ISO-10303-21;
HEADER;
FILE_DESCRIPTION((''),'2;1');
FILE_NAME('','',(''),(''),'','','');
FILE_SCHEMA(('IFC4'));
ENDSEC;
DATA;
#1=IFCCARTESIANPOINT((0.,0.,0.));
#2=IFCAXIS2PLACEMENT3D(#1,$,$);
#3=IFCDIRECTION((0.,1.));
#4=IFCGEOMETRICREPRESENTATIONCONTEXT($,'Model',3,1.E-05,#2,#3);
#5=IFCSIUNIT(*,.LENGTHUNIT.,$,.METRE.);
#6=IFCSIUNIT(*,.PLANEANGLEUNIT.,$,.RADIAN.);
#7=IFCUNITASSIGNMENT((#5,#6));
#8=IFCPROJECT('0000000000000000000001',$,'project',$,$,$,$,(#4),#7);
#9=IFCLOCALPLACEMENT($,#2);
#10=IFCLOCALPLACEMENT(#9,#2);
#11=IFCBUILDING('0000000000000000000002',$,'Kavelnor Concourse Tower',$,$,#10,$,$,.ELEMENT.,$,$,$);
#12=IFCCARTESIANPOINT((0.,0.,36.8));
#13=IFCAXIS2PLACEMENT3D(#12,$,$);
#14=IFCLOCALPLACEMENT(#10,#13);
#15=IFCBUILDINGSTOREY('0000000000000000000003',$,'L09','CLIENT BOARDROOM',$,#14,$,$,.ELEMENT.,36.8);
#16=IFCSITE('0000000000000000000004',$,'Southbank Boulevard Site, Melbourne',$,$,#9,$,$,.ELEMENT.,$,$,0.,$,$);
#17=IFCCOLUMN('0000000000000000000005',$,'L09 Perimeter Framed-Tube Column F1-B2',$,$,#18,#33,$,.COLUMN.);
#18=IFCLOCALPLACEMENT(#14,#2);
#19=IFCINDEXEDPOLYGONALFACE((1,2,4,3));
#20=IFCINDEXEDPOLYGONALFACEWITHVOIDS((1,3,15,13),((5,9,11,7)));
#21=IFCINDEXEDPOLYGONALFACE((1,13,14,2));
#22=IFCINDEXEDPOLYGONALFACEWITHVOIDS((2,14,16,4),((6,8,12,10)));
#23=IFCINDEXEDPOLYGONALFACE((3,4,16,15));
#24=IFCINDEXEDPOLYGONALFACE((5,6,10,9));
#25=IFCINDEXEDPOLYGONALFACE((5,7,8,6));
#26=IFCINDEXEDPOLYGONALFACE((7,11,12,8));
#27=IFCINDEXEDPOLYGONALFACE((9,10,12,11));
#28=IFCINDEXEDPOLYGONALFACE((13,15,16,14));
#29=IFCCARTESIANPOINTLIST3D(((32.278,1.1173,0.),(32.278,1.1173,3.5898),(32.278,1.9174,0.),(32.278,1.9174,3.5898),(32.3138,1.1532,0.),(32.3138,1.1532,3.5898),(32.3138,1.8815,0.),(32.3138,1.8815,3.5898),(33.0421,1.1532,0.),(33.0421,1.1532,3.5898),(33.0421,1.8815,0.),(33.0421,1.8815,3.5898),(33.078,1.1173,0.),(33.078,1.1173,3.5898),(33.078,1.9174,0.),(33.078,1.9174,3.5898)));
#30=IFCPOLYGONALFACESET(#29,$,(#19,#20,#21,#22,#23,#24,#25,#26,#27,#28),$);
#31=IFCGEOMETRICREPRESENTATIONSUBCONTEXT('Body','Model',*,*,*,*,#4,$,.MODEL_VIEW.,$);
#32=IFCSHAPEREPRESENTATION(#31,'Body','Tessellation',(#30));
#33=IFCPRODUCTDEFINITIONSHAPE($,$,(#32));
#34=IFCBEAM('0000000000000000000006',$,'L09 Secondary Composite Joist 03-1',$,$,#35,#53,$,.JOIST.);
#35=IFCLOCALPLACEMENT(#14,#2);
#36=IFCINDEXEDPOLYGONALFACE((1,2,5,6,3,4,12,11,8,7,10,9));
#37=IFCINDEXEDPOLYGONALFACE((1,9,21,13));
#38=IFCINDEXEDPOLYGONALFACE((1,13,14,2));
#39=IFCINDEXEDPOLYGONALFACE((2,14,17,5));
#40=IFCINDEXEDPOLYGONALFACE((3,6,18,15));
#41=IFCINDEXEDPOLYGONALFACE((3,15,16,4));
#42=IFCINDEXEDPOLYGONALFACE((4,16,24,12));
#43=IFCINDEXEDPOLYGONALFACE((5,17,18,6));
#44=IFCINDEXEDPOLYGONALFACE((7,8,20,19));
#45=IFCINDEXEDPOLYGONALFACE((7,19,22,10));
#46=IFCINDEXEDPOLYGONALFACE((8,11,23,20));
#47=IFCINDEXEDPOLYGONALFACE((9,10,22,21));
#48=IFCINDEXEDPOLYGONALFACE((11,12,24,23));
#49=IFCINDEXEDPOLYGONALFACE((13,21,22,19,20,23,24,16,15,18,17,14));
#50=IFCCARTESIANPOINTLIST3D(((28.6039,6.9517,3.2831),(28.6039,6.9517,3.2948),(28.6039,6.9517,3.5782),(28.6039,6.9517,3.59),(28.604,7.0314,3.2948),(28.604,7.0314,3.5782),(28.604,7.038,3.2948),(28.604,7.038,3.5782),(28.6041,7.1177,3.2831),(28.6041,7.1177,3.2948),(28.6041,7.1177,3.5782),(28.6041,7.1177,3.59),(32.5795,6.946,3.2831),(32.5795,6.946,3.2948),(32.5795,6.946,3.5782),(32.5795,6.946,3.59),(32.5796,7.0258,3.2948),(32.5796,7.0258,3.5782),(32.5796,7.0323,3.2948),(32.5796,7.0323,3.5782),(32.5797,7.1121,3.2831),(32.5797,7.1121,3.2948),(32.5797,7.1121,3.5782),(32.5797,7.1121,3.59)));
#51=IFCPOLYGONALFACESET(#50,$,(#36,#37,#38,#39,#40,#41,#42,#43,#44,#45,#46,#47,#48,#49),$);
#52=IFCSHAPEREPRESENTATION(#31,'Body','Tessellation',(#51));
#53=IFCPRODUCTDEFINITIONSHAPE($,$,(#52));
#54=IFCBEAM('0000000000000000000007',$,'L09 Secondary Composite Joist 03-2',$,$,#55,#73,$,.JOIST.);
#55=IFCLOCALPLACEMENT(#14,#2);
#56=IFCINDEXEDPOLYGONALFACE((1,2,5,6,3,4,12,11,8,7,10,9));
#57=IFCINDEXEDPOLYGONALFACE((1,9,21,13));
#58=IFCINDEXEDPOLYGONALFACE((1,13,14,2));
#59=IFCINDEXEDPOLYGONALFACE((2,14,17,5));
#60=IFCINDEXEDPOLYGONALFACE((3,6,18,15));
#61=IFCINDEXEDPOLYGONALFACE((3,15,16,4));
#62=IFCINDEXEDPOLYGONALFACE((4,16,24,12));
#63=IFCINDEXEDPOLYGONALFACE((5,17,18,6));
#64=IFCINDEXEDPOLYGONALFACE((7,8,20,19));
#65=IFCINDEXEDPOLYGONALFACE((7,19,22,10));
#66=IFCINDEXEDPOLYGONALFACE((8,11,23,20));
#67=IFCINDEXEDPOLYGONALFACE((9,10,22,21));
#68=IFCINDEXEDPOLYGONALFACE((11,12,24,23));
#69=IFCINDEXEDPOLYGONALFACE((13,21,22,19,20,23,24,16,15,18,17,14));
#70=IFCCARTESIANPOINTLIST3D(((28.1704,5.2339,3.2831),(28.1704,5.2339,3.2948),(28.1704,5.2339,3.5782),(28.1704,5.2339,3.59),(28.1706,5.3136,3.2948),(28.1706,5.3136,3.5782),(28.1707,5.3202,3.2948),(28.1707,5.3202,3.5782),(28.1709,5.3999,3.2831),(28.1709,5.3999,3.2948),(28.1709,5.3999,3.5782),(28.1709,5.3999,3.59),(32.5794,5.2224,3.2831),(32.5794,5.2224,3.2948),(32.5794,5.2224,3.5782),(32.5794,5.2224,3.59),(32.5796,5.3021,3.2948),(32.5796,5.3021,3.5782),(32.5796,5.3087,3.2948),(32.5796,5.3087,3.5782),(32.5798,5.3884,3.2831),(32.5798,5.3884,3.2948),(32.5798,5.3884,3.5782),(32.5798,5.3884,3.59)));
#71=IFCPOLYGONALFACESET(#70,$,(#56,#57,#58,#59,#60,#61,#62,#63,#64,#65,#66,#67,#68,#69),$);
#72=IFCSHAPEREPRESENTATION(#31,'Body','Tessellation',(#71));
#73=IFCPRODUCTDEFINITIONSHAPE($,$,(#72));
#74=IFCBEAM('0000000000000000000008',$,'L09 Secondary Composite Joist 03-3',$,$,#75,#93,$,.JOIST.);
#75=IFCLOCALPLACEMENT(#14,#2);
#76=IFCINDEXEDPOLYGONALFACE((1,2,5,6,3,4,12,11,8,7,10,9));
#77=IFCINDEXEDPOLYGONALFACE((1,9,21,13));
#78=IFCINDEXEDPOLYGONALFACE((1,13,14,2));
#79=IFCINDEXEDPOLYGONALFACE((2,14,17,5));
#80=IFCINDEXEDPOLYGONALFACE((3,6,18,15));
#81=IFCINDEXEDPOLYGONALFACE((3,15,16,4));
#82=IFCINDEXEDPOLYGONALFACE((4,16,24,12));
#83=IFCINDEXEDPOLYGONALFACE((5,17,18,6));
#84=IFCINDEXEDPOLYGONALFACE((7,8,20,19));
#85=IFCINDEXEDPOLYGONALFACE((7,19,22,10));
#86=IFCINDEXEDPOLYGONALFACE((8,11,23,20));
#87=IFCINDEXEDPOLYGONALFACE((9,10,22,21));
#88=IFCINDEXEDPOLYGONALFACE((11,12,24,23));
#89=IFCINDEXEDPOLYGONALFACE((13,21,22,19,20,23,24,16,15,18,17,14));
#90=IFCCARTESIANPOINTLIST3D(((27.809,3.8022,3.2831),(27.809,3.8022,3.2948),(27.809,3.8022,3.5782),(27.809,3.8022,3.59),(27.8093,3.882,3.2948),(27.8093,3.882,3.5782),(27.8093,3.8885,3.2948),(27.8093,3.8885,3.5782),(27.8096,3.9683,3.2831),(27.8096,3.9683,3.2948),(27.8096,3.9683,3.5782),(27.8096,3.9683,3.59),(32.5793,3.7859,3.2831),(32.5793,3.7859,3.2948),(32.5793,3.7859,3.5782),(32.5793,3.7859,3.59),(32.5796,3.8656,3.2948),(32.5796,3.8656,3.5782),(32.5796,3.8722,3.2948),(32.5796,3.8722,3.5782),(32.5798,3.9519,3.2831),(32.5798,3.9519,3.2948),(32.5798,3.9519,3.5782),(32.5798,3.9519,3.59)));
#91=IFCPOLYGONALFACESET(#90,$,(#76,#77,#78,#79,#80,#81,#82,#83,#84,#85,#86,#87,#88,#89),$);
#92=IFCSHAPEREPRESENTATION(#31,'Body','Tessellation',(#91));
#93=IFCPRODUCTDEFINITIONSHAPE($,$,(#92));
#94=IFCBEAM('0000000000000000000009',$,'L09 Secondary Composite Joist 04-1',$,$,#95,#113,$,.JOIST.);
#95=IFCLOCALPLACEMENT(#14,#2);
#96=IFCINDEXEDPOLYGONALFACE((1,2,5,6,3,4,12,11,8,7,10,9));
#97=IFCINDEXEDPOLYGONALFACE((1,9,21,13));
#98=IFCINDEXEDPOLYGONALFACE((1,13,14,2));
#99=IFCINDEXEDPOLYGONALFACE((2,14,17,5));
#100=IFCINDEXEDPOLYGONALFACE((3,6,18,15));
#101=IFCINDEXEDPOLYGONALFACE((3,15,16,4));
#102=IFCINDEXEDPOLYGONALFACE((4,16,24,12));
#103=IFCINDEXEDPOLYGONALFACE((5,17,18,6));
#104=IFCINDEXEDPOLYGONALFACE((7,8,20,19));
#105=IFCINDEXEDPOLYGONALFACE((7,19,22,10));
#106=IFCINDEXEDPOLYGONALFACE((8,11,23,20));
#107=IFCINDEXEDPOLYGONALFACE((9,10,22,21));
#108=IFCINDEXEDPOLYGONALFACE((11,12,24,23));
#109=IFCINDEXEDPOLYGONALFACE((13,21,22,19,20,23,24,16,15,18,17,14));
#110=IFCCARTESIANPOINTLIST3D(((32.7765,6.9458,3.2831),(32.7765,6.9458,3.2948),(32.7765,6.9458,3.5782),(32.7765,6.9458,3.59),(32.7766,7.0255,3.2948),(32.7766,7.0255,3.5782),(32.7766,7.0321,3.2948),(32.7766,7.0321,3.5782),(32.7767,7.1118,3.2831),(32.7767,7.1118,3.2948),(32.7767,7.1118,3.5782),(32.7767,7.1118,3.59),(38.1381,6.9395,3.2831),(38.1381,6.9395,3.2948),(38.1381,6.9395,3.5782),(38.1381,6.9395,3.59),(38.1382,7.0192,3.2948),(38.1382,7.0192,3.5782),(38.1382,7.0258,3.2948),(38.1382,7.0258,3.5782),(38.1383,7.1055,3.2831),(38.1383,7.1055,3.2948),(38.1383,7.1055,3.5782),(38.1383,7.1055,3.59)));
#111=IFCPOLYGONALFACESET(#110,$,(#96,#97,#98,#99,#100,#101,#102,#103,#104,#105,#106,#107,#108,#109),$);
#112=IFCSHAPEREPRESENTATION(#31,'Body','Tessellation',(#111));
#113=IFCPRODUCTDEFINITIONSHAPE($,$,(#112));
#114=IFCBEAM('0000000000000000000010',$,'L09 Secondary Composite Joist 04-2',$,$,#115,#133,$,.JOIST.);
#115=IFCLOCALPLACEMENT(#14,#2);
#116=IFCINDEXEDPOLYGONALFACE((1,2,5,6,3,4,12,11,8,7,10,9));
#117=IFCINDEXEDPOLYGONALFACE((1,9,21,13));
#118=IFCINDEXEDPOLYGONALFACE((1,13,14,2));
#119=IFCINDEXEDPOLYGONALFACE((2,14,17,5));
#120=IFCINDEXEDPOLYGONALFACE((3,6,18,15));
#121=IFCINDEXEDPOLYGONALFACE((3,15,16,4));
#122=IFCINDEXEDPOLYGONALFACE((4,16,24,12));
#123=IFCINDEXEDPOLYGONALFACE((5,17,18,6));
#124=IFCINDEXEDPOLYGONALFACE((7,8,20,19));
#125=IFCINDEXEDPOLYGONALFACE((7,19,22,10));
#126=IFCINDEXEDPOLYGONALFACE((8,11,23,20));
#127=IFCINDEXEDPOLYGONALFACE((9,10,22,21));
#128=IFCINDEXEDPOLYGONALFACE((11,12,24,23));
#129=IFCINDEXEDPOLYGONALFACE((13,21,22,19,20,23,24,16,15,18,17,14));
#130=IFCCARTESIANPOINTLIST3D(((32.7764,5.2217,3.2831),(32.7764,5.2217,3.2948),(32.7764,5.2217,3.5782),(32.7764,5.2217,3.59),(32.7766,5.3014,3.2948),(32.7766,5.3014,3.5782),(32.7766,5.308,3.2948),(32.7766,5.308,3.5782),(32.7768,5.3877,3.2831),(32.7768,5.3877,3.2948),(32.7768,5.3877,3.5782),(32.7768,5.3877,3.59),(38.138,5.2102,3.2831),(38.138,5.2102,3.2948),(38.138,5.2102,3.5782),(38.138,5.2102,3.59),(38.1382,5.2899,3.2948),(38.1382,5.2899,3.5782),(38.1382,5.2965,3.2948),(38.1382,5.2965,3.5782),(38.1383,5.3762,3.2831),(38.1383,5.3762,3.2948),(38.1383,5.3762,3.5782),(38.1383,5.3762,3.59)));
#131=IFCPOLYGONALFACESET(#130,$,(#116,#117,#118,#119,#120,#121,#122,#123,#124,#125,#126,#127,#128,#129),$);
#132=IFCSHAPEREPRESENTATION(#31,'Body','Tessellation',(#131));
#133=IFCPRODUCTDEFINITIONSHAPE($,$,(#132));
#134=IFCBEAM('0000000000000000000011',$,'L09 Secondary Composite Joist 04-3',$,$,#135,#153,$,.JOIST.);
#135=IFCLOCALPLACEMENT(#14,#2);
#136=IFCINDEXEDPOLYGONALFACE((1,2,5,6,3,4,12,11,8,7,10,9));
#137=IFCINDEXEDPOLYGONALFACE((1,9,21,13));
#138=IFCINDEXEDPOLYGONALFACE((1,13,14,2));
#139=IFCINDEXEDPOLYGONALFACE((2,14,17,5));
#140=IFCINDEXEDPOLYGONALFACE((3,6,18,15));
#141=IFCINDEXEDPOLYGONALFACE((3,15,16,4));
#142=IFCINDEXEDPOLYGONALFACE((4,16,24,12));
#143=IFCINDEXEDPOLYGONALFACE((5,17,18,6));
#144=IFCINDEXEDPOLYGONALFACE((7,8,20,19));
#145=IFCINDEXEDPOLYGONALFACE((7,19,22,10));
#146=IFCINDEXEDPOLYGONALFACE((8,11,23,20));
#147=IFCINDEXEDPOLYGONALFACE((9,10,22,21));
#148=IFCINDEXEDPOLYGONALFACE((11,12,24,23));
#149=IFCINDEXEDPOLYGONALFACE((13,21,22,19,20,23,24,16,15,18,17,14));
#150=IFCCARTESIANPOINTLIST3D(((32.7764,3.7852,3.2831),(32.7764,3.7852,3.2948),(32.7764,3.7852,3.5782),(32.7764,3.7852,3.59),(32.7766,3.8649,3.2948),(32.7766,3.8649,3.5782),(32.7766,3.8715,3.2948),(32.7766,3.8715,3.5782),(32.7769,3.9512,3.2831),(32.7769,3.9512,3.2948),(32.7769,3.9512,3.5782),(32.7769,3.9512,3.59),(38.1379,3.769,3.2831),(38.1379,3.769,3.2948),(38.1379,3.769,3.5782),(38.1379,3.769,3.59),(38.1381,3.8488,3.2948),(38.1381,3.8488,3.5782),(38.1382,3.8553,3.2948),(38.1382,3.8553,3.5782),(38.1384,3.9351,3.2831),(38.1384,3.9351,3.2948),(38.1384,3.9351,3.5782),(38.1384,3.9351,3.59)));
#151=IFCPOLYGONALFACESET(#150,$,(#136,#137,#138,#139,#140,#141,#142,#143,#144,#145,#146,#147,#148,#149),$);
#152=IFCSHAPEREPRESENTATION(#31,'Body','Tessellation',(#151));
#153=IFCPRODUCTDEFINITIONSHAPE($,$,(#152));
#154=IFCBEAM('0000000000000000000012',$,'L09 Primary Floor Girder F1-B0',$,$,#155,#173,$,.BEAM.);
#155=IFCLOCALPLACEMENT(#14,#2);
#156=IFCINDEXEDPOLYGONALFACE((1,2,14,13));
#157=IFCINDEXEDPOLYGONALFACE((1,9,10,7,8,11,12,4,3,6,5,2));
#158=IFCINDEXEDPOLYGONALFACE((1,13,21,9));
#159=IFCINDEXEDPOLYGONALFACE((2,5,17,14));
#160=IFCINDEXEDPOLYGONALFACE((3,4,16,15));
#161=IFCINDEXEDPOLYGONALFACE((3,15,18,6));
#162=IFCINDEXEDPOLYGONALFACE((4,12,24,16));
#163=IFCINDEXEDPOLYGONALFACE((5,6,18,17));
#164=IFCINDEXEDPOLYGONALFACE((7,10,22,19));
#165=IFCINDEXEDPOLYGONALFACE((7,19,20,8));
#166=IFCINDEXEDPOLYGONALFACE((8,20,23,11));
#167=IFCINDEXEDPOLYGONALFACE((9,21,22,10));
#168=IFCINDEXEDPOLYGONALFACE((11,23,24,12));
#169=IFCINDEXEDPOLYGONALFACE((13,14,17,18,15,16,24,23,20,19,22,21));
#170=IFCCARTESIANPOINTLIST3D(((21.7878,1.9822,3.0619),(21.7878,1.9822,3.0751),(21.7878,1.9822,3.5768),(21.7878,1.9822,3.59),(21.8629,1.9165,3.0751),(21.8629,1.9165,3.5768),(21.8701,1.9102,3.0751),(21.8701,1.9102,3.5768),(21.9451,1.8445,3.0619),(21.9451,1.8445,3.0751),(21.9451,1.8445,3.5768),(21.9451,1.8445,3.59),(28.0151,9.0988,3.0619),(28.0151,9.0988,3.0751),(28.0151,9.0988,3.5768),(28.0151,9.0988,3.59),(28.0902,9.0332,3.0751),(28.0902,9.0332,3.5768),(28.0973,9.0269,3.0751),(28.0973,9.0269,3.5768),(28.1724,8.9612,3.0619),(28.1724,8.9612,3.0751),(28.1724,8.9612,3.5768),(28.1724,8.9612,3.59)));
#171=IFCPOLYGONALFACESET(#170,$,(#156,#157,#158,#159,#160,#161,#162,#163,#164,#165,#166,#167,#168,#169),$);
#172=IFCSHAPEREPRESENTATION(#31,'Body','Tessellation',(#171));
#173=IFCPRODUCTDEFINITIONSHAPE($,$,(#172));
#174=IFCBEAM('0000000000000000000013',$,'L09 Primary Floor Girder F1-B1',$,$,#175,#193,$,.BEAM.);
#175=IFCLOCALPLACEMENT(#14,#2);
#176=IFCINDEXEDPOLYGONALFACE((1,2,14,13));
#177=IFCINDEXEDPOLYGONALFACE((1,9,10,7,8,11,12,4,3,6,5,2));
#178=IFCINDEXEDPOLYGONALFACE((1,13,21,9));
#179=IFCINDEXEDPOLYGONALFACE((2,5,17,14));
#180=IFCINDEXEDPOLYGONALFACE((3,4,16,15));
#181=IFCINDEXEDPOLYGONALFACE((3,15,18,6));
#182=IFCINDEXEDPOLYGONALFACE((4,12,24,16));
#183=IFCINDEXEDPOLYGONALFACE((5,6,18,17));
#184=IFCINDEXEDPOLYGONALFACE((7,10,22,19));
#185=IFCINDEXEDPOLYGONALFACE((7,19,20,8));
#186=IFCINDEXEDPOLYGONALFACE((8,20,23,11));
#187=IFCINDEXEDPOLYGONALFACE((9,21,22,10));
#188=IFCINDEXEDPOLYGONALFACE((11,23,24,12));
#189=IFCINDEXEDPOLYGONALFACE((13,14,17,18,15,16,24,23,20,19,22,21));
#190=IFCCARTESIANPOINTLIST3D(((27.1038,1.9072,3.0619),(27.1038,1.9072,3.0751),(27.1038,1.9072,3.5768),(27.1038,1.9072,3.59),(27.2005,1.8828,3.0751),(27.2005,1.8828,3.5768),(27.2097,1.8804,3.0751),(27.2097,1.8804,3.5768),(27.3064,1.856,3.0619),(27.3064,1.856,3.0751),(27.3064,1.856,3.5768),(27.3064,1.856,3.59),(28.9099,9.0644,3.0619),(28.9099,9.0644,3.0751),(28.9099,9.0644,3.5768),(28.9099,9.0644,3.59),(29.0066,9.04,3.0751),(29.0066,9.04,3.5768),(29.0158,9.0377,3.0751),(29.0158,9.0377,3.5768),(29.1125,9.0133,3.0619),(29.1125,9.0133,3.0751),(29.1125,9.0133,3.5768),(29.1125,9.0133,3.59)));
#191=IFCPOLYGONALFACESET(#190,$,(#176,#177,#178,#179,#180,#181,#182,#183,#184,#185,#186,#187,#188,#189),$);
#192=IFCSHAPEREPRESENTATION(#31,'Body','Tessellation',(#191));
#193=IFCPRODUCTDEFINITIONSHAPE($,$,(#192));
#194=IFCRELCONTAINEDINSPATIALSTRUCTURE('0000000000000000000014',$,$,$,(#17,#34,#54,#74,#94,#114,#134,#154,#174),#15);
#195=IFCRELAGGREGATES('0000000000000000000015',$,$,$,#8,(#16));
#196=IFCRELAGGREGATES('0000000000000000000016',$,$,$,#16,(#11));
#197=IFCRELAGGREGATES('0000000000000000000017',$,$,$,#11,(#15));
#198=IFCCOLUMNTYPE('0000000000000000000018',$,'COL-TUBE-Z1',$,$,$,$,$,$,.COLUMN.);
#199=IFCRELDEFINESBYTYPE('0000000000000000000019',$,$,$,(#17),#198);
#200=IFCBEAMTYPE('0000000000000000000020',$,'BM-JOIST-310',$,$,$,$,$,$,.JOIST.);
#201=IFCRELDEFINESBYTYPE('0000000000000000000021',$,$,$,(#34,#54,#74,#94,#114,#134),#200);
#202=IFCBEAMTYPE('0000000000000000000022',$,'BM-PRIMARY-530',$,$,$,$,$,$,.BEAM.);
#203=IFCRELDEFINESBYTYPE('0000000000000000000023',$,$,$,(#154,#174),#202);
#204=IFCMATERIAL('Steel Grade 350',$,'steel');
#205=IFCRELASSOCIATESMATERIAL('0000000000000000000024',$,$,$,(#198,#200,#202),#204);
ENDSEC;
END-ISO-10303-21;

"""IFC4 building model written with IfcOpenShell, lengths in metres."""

from ifc_helpers import new_model, si_unit, direction, frame, origin, origin_2d, place, context, subcontext, project, spatial, hollow_rectangle, i_section, extrude, material, material_profile, profile_set, type_object, element, save


model = new_model("IFC4")

# Units and contexts
model_context = context("Model", 3, precision=1e-05, world=origin(), true_north=direction((0.0, 1.0)))
body_context = subcontext(model_context, "Body", "Model", "MODEL_VIEW")
ifc_project = project(units=[si_unit("LENGTHUNIT", "METRE"), si_unit("PLANEANGLEUNIT", "RADIAN")], contexts=[model_context])

# Site, building, storey
site_placement = place(None, origin())
site = spatial("IfcSite", under=ifc_project, at=site_placement, Name="Southbank Boulevard Site, Melbourne", CompositionType="ELEMENT", RefElevation=0.0)
building_placement = place(site_placement, origin())
building = spatial("IfcBuilding", under=site, at=building_placement, Name="Kavelnor Concourse Tower", CompositionType="ELEMENT")
storey_placement = place(building_placement, frame((0.0, 0.0, 36.8)))
storey = spatial("IfcBuildingStorey", under=building, at=storey_placement, Name="L09", Description="CLIENT BOARDROOM", CompositionType="ELEMENT", Elevation=36.8)

# Column
ifc_material_1 = material(Name="Steel Grade 350", Category="steel")
ifc_material_profile_1 = material_profile(ifc_material_1, hollow_rectangle(XDim=0.8, YDim=0.8, WallThickness=0.0359, at=origin_2d()), Name="SHS 800x800x36")
ifc_profile_set_1 = profile_set([ifc_material_profile_1], Name="Steel Grade 350")
column_type = type_object("IfcColumnType", Name="COL-TUBE-Z1", PredefinedType="COLUMN", material=ifc_profile_set_1)
column_placement = place(storey_placement, frame((32.678, 1.5173, 0.0), z_axis=(0.0, 0.0, 1.0), x_axis=(1.0, 0.0, 0.0)))
element("IfcColumn", 1, at=column_placement, inside=storey, type_object=column_type, Name="L09 Perimeter Framed-Tube Column F1-B2", PredefinedType="COLUMN", context=body_context, shape_type="SweptSolid", body=[
    extrude(hollow_rectangle(XDim=0.8, YDim=0.8, WallThickness=0.0359, at=origin_2d()), origin(), (0.0, 0.0, 1.0), 3.5898),
])

# Beams
ifc_material_profile_2 = material_profile(ifc_material_1, i_section(OverallWidth=0.166, OverallDepth=0.3069, WebThickness=0.0066, FlangeThickness=0.0117, at=origin_2d()), Name="310UB46")
ifc_profile_set_2 = profile_set([ifc_material_profile_2], Name="Steel Grade 350")
beam_type_1 = type_object("IfcBeamType", Name="BM-JOIST-310", PredefinedType="JOIST", material=ifc_profile_set_2)
beam_1_placement = place(storey_placement, frame((28.604, 7.0347, 3.4365), z_axis=(0.999999, -0.001412, 0.0), x_axis=(0.001412, 0.999999, 0.0)))
element("IfcBeam", 2, at=beam_1_placement, inside=storey, type_object=beam_type_1, Name="L09 Secondary Composite Joist 03-1", PredefinedType="JOIST", context=body_context, shape_type="SweptSolid", body=[
    extrude(i_section(OverallWidth=0.166, OverallDepth=0.3069, WebThickness=0.0066, FlangeThickness=0.0117, at=origin_2d()), origin(), (0.0, 0.0, 1.0), 3.9756),
])
beam_2_placement = place(storey_placement, frame((28.1707, 5.3169, 3.4365), z_axis=(0.999997, -0.002603, 0.0), x_axis=(0.002603, 0.999997, 0.0)))
element("IfcBeam", 3, at=beam_2_placement, inside=storey, type_object=beam_type_1, Name="L09 Secondary Composite Joist 03-2", PredefinedType="JOIST", context=body_context, shape_type="SweptSolid", body=[
    extrude(i_section(OverallWidth=0.166, OverallDepth=0.3069, WebThickness=0.0066, FlangeThickness=0.0117, at=origin_2d()), origin(), (0.0, 0.0, 1.0), 4.4089),
])
beam_3_placement = place(storey_placement, frame((27.8093, 3.8853, 3.4365), z_axis=(0.999994, -0.003429, 0.0), x_axis=(0.003429, 0.999994, 0.0)))
element("IfcBeam", 4, at=beam_3_placement, inside=storey, type_object=beam_type_1, Name="L09 Secondary Composite Joist 03-3", PredefinedType="JOIST", context=body_context, shape_type="SweptSolid", body=[
    extrude(i_section(OverallWidth=0.166, OverallDepth=0.3069, WebThickness=0.0066, FlangeThickness=0.0117, at=origin_2d()), origin(), (0.0, 0.0, 1.0), 4.7703),
])
for number, where, z_axis, x_axis, name in (
    (5, (32.7766, 7.0288, 3.4365), (0.999999, -0.001184, 0.0), (0.001184, 0.999999, 0.0), "L09 Secondary Composite Joist 04-1"),
    (6, (32.7766, 5.3047, 3.4365), (0.999998, -0.00214, 0.0), (0.00214, 0.999998, 0.0), "L09 Secondary Composite Joist 04-2"),
    (7, (32.7766, 3.8682, 3.4365), (0.999995, -0.003005, 0.0), (0.003005, 0.999995, 0.0), "L09 Secondary Composite Joist 04-3"),
):
    element("IfcBeam", number, at=place(storey_placement, frame(where, z_axis=z_axis, x_axis=x_axis)), inside=storey, type_object=beam_type_1, Name=name, PredefinedType="JOIST", context=body_context, shape_type="SweptSolid", body=[
        extrude(i_section(OverallWidth=0.166, OverallDepth=0.3069, WebThickness=0.0066, FlangeThickness=0.0117, at=origin_2d()), origin(), (0.0, 0.0, 1.0), 5.3616),
    ])
ifc_material_profile_3 = material_profile(ifc_material_1, i_section(OverallWidth=0.209, OverallDepth=0.5281, WebThickness=0.0095, FlangeThickness=0.0132, at=origin_2d()), Name="530UB82")
ifc_profile_set_3 = profile_set([ifc_material_profile_3], Name="Steel Grade 350")
beam_type_2 = type_object("IfcBeamType", Name="BM-PRIMARY-530", PredefinedType="BEAM", material=ifc_profile_set_3)
beam_4_placement = place(storey_placement, frame((28.0938, 9.03, 3.3259), z_axis=(-0.658516, -0.752567, 0.0), x_axis=(0.752567, -0.658516, 0.0)))
element("IfcBeam", 8, at=beam_4_placement, inside=storey, type_object=beam_type_2, Name="L09 Primary Floor Girder F1-B0", PredefinedType="BEAM", context=body_context, shape_type="SweptSolid", body=[
    extrude(i_section(OverallWidth=0.209, OverallDepth=0.5281, WebThickness=0.0095, FlangeThickness=0.0132, at=origin_2d()), origin(), (0.0, 0.0, 1.0), 9.4565),
])
beam_5_placement = place(storey_placement, frame((29.0112, 9.0388, 3.3259), z_axis=(-0.244683, -0.969603, 0.0), x_axis=(0.969603, -0.244683, 0.0)))
element("IfcBeam", 9, at=beam_5_placement, inside=storey, type_object=beam_type_2, Name="L09 Primary Floor Girder F1-B1", PredefinedType="BEAM", context=body_context, shape_type="SweptSolid", body=[
    extrude(i_section(OverallWidth=0.209, OverallDepth=0.5281, WebThickness=0.0095, FlangeThickness=0.0132, at=origin_2d()), origin(), (0.0, 0.0, 1.0), 7.3816),
])

save(model, "model.ifc")
